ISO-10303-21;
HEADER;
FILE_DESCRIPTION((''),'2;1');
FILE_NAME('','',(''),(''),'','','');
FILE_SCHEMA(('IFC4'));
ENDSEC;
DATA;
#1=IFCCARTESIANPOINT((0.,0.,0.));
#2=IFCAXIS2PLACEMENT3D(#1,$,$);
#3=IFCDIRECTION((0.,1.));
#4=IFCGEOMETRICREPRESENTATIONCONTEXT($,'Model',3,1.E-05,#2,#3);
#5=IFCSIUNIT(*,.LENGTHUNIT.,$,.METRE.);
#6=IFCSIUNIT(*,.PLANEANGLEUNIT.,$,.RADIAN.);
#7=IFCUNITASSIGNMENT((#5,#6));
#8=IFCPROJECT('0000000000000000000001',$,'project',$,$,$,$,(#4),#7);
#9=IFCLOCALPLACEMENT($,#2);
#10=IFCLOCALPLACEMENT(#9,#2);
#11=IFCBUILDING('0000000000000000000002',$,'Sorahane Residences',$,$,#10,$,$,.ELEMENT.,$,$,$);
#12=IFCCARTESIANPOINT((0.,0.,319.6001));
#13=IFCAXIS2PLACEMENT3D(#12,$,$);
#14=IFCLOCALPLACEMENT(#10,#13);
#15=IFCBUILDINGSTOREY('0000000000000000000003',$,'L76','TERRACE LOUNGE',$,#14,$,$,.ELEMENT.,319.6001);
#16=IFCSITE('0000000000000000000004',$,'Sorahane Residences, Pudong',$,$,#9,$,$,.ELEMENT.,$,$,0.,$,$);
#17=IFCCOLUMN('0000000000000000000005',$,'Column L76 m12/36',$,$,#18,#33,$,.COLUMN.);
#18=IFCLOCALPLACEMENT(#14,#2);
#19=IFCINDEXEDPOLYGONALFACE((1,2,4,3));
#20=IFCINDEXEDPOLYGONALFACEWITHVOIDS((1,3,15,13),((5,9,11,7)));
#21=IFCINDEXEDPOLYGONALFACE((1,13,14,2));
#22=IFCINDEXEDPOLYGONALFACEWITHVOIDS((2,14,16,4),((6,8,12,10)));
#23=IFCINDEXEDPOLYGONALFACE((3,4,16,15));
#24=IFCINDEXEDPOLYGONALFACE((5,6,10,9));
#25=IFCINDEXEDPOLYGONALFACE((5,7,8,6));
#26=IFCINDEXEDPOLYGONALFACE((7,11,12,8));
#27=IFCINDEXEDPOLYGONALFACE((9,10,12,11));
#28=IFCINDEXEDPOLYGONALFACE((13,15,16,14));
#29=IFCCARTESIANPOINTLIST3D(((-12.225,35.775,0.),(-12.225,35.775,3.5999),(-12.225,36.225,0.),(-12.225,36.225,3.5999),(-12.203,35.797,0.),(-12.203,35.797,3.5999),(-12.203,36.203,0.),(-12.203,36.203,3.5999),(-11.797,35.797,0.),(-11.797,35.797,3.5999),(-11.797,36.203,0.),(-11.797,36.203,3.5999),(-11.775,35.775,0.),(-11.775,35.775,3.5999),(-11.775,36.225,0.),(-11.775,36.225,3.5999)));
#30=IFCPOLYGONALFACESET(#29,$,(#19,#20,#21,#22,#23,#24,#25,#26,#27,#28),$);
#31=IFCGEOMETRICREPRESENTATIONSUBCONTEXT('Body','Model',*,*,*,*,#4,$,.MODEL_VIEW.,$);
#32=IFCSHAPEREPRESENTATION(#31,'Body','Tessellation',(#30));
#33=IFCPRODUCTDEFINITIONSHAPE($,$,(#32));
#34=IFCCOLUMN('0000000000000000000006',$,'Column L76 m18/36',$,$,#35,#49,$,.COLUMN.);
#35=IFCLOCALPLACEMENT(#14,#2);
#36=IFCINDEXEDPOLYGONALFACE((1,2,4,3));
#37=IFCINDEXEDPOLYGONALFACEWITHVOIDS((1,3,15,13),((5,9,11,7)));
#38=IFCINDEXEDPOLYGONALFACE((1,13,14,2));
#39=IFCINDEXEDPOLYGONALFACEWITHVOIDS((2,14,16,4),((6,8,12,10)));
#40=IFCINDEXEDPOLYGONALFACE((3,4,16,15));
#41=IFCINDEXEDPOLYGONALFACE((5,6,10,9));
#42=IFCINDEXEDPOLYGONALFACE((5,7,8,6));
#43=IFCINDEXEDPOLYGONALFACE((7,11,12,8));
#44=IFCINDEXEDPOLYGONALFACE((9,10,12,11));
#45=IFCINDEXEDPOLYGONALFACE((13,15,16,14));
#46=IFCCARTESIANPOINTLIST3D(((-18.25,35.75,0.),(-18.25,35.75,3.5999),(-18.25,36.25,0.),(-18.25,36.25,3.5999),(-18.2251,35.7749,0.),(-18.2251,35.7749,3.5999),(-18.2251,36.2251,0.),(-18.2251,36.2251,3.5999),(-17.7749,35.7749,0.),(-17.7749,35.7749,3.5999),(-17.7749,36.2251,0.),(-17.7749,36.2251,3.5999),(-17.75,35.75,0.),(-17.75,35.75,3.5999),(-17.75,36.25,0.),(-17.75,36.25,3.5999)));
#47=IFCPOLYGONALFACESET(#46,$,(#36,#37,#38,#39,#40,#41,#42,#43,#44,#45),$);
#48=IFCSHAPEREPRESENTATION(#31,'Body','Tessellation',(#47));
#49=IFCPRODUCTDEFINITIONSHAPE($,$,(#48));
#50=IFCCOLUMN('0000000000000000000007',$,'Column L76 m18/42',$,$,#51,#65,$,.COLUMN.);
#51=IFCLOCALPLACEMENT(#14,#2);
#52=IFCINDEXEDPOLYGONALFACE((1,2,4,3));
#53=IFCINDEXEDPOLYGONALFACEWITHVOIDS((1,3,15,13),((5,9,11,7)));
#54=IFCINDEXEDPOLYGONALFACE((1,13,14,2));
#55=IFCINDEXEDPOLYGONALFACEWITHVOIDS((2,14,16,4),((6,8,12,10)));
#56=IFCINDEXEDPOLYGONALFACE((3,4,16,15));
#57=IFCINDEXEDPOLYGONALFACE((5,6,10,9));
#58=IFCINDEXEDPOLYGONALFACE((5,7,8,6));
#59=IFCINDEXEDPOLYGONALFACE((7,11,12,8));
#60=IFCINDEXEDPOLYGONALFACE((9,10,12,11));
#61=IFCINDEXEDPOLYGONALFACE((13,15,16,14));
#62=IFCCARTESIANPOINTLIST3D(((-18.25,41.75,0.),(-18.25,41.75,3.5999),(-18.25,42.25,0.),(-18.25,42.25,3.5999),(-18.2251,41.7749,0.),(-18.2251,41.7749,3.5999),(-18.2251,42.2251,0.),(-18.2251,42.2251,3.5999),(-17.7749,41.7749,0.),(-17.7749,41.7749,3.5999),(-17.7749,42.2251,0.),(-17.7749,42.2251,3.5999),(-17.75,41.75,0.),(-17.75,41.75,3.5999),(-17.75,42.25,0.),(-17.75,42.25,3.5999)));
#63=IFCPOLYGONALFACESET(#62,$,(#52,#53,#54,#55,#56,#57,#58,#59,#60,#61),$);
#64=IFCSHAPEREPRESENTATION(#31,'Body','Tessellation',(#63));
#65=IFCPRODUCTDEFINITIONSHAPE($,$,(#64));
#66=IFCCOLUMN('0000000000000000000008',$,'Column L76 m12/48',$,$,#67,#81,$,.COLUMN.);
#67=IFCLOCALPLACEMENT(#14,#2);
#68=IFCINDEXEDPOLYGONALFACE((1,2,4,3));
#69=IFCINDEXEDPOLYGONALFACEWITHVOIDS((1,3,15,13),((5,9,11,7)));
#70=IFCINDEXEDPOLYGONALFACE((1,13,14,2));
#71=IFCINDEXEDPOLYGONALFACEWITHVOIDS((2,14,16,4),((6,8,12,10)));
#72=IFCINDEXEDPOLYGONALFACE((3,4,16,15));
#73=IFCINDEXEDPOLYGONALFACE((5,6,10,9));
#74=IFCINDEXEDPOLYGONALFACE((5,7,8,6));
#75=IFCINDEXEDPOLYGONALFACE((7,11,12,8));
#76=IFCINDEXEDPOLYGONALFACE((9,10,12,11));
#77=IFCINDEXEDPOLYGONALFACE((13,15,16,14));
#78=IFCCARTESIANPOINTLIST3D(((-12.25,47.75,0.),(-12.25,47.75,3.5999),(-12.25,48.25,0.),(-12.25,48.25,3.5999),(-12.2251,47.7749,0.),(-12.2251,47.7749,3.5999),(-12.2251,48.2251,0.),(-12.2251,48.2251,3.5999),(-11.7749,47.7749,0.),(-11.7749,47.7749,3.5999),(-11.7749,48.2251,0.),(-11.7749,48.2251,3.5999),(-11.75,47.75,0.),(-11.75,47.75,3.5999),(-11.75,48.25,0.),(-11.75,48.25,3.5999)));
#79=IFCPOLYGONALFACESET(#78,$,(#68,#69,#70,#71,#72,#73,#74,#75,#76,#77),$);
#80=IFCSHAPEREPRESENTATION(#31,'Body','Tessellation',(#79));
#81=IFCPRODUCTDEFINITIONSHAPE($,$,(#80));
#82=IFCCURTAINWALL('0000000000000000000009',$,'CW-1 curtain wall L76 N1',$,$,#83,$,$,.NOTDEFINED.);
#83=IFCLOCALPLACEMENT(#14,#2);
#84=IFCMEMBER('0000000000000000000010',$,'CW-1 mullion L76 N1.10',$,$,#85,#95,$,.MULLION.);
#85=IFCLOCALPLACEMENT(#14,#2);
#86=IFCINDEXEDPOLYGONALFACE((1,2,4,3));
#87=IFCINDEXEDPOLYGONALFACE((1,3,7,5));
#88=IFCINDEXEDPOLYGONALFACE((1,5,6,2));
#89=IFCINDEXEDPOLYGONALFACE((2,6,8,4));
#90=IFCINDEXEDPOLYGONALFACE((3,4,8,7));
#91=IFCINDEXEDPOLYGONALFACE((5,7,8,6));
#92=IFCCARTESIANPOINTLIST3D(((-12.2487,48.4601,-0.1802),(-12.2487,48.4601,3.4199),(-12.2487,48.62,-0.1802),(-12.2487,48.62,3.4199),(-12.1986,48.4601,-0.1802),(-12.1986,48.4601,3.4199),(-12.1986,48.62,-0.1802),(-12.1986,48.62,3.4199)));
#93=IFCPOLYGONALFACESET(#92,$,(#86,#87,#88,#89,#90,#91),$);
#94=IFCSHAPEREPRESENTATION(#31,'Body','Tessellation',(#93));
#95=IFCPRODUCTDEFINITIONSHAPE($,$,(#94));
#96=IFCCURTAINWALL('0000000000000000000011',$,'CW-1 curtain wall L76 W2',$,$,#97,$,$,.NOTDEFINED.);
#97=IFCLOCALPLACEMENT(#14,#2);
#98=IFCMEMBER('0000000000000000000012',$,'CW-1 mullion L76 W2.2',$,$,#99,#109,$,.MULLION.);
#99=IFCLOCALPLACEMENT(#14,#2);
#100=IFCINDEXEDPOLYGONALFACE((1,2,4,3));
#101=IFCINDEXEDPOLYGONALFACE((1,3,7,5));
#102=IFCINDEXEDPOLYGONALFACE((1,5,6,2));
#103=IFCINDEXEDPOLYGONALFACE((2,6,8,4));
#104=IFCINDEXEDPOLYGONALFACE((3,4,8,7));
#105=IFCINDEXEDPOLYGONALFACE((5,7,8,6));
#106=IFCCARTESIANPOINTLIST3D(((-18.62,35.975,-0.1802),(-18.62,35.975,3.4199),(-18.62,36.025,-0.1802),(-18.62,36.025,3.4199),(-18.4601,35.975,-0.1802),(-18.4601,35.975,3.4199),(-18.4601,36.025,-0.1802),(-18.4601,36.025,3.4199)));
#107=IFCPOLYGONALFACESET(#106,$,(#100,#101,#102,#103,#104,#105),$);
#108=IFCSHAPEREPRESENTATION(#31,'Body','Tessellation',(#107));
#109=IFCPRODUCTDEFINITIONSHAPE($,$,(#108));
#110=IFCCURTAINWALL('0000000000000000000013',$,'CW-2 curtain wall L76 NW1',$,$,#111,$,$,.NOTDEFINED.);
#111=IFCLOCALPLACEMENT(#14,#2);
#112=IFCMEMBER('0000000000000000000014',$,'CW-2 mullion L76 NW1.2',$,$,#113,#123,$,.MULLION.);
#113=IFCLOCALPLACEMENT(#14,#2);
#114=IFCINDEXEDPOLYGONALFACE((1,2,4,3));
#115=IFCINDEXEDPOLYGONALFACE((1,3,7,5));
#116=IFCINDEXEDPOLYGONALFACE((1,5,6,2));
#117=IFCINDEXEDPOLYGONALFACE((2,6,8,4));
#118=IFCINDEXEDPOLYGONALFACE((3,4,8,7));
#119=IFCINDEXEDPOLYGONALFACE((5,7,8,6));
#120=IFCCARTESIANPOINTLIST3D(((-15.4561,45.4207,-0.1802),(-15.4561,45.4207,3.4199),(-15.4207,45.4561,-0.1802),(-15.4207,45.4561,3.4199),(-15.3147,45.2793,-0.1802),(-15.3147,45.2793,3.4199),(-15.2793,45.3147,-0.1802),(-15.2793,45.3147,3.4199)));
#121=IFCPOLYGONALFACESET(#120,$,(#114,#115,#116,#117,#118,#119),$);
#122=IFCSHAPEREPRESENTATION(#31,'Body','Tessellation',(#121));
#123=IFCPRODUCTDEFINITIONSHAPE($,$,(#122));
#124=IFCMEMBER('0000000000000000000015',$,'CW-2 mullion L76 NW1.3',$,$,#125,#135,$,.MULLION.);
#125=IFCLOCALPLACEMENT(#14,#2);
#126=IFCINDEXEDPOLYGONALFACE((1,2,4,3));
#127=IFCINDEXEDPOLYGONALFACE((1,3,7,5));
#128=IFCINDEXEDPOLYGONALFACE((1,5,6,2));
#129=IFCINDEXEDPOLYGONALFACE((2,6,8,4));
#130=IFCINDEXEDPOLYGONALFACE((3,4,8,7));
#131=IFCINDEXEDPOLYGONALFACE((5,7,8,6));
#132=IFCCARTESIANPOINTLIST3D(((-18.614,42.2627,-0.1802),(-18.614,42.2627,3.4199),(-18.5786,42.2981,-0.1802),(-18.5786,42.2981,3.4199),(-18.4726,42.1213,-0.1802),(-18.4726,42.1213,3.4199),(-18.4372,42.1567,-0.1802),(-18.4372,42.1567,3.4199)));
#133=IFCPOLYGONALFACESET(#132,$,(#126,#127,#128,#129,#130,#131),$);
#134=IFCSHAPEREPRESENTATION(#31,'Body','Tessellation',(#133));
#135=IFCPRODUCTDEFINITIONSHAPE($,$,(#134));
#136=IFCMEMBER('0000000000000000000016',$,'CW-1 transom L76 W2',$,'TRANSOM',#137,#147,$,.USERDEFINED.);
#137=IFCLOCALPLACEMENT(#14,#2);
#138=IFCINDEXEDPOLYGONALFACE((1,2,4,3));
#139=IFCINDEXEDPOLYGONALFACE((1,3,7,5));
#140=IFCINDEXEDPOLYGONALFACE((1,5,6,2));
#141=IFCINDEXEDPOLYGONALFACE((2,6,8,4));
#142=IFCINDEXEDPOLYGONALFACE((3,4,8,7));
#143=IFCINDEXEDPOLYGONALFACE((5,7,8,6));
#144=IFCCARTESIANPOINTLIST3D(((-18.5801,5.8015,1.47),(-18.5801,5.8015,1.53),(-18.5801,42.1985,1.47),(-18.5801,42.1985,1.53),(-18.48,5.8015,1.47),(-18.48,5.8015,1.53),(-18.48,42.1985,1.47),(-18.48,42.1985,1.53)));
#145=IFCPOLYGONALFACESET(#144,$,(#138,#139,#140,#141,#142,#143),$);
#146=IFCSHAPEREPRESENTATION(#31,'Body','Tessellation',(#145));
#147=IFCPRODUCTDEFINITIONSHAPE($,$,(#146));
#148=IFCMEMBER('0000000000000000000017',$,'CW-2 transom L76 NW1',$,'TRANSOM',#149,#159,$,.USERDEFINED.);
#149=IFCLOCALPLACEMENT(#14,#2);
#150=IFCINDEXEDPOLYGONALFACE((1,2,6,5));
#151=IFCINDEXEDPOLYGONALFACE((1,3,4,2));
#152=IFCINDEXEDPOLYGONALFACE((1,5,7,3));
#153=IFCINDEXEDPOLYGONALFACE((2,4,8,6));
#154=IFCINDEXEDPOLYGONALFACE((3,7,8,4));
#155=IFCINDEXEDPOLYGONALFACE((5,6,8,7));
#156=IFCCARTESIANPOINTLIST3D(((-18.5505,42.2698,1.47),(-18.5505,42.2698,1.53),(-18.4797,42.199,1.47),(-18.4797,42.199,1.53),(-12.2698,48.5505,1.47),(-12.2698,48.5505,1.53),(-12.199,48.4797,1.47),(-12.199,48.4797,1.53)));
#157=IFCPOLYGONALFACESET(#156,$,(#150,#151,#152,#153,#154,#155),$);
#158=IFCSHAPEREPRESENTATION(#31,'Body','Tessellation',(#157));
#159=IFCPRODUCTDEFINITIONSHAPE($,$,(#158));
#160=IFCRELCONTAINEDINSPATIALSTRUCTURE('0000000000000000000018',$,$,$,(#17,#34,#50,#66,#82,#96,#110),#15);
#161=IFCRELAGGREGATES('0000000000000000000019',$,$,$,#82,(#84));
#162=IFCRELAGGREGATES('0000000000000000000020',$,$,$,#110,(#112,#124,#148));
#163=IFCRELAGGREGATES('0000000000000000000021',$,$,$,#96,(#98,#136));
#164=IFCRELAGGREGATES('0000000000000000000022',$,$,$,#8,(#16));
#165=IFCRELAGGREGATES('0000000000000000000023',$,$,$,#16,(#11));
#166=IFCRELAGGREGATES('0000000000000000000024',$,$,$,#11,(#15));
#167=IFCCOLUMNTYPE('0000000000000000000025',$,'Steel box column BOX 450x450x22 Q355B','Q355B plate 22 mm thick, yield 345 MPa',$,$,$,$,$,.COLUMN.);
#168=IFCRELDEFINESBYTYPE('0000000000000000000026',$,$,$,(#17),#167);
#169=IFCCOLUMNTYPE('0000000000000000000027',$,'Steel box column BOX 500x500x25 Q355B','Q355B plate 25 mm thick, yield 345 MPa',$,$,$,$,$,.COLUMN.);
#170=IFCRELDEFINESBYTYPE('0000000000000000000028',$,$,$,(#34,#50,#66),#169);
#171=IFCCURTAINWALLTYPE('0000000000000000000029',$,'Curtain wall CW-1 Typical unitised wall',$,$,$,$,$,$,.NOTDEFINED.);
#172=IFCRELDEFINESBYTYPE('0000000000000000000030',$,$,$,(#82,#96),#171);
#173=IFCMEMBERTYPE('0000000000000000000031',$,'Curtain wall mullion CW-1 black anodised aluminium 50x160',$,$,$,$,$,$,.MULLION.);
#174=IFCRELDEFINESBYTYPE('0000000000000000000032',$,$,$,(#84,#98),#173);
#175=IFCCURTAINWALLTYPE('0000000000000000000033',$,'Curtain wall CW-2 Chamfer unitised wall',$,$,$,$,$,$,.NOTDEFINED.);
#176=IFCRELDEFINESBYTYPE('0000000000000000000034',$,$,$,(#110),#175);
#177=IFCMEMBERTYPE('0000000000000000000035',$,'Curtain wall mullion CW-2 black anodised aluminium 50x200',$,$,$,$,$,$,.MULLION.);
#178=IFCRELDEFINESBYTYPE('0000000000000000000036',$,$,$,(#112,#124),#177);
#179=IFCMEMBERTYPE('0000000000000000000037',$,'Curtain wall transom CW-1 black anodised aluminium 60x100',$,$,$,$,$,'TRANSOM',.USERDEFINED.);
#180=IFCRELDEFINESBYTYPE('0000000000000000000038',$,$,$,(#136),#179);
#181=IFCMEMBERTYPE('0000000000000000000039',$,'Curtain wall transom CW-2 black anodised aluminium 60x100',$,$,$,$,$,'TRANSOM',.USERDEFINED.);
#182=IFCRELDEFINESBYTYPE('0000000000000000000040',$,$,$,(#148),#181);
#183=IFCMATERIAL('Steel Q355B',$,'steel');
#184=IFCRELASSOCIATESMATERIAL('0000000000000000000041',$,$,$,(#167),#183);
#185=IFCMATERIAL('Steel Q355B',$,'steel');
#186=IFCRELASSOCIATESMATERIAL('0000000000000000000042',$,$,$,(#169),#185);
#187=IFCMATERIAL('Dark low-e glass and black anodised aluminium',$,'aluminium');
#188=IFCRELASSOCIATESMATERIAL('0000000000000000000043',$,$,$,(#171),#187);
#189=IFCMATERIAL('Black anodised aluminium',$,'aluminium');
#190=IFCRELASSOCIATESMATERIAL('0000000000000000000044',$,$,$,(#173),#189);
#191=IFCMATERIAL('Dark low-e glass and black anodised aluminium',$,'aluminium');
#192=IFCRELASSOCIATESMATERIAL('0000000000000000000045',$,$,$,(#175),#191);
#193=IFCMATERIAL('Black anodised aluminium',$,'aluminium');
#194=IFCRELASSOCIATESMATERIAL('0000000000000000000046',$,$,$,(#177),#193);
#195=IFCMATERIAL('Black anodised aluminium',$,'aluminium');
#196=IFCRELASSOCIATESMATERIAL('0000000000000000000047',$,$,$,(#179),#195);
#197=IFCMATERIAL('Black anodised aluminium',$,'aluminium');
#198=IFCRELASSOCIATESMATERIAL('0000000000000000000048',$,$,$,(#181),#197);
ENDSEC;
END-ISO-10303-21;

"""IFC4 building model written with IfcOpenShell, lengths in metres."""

from ifc_helpers import new_model, si_unit, direction, frame, origin, origin_2d, place, context, subcontext, project, spatial, rectangle, hollow_rectangle, extrude, material, material_profile, profile_set, type_object, element, aggregate, save


model = new_model("IFC4")

# Units and contexts
model_context = context("Model", 3, precision=1e-05, world=origin(), true_north=direction((0.0, 1.0)))
body_context = subcontext(model_context, "Body", "Model", "MODEL_VIEW")
ifc_project = project(units=[si_unit("LENGTHUNIT", "METRE"), si_unit("PLANEANGLEUNIT", "RADIAN")], contexts=[model_context])

# Site, building, storey
site_placement = place(None, origin())
site = spatial("IfcSite", under=ifc_project, at=site_placement, Name="Sorahane Residences, Pudong", CompositionType="ELEMENT", RefElevation=0.0)
building_placement = place(site_placement, origin())
building = spatial("IfcBuilding", under=site, at=building_placement, Name="Sorahane Residences", CompositionType="ELEMENT")
storey_placement = place(building_placement, frame((0.0, 0.0, 319.6001)))
storey = spatial("IfcBuildingStorey", under=building, at=storey_placement, Name="L76", Description="TERRACE LOUNGE", CompositionType="ELEMENT", Elevation=319.6001)

# Columns
ifc_material_1 = material(Name="Steel Q355B", Category="steel")
ifc_material_profile_1 = material_profile(ifc_material_1, hollow_rectangle(XDim=0.45, YDim=0.45, WallThickness=0.022, at=origin_2d()), Name="BOX 450x450x22")
ifc_profile_set_1 = profile_set([ifc_material_profile_1], Name="Steel Q355B")
column_type_1 = type_object("IfcColumnType", Name="Steel box column BOX 450x450x22 Q355B", Description="Q355B plate 22 mm thick, yield 345 MPa", PredefinedType="COLUMN", material=ifc_profile_set_1)
column_placement = place(storey_placement, frame((-12.0, 36.0, 0.0), z_axis=(0.0, 0.0, 1.0), x_axis=(1.0, 0.0, 0.0)))
element("IfcColumn", 1, at=column_placement, inside=storey, type_object=column_type_1, Name="Column L76 m12/36", PredefinedType="COLUMN", context=body_context, shape_type="SweptSolid", body=[
    extrude(hollow_rectangle(XDim=0.45, YDim=0.45, WallThickness=0.022, at=origin_2d()), origin(), (0.0, 0.0, 1.0), 3.5999),
])
ifc_material_2 = material(Name="Steel Q355B", Category="steel")
ifc_material_profile_2 = material_profile(ifc_material_2, hollow_rectangle(XDim=0.5, YDim=0.5, WallThickness=0.0249, at=origin_2d()), Name="BOX 500x500x25")
ifc_profile_set_2 = profile_set([ifc_material_profile_2], Name="Steel Q355B")
column_type_2 = type_object("IfcColumnType", Name="Steel box column BOX 500x500x25 Q355B", Description="Q355B plate 25 mm thick, yield 345 MPa", PredefinedType="COLUMN", material=ifc_profile_set_2)
for number, where, z_axis, x_axis, name in (
    (2, (-18.0, 36.0, 0.0), (0.0, 0.0, 1.0), (1.0, 0.0, 0.0), "Column L76 m18/36"),
    (3, (-18.0, 42.0, 0.0), (0.0, 0.0, 1.0), (1.0, 0.0, 0.0), "Column L76 m18/42"),
    (4, (-12.0, 48.0, 0.0), (0.0, 0.0, 1.0), (1.0, 0.0, 0.0), "Column L76 m12/48"),
):
    element("IfcColumn", number, at=place(storey_placement, frame(where, z_axis=z_axis, x_axis=x_axis)), inside=storey, type_object=column_type_2, Name=name, PredefinedType="COLUMN", context=body_context, shape_type="SweptSolid", body=[
        extrude(hollow_rectangle(XDim=0.5, YDim=0.5, WallThickness=0.0249, at=origin_2d()), origin(), (0.0, 0.0, 1.0), 3.5999),
    ])

# Curtain walls, members
ifc_material_3 = material(Name="Dark low-e glass and black anodised aluminium", Category="aluminium")
curtain_wall_type_1 = type_object("IfcCurtainWallType", Name="Curtain wall CW-1 Typical unitised wall", PredefinedType="NOTDEFINED", material=ifc_material_3)
curtain_wall_1_placement = place(storey_placement, origin())
curtain_wall_1 = element("IfcCurtainWall", 5, at=curtain_wall_1_placement, inside=storey, type_object=curtain_wall_type_1, Name="CW-1 curtain wall L76 N1", PredefinedType="NOTDEFINED")
ifc_material_4 = material(Name="Black anodised aluminium", Category="aluminium")
ifc_material_profile_3 = material_profile(ifc_material_4, rectangle(XDim=0.1599, YDim=0.05, at=origin_2d()), Name="Curtain wall mullion CW-1 black anodised aluminium 50x160")
ifc_profile_set_3 = profile_set([ifc_material_profile_3], Name="Black anodised aluminium")
member_type_1 = type_object("IfcMemberType", Name="Curtain wall mullion CW-1 black anodised aluminium 50x160", PredefinedType="MULLION", material=ifc_profile_set_3)
member_1_placement = place(storey_placement, frame((-12.2236, 48.54, -0.1802), z_axis=(0.0, 0.0, 1.0), x_axis=(0.0, 1.0, 0.0)))
member_1 = element("IfcMember", 6, at=member_1_placement, type_object=member_type_1, Name="CW-1 mullion L76 N1.10", PredefinedType="MULLION", context=body_context, shape_type="SweptSolid", body=[
    extrude(rectangle(XDim=0.1599, YDim=0.05, at=origin_2d()), origin(), (0.0, 0.0, 1.0), 3.6001),
])
curtain_wall_2_placement = place(storey_placement, origin())
curtain_wall_2 = element("IfcCurtainWall", 7, at=curtain_wall_2_placement, inside=storey, type_object=curtain_wall_type_1, Name="CW-1 curtain wall L76 W2", PredefinedType="NOTDEFINED")
member_2_placement = place(storey_placement, frame((-18.54, 36.0, -0.1802), z_axis=(0.0, 0.0, 1.0), x_axis=(-1.0, 0.0, 0.0)))
member_2 = element("IfcMember", 8, at=member_2_placement, type_object=member_type_1, Name="CW-1 mullion L76 W2.2", PredefinedType="MULLION", context=body_context, shape_type="SweptSolid", body=[
    extrude(rectangle(XDim=0.1599, YDim=0.05, at=origin_2d()), origin(), (0.0, 0.0, 1.0), 3.6001),
])

# Curtain wall, members
ifc_material_5 = material(Name="Dark low-e glass and black anodised aluminium", Category="aluminium")
curtain_wall_type_2 = type_object("IfcCurtainWallType", Name="Curtain wall CW-2 Chamfer unitised wall", PredefinedType="NOTDEFINED", material=ifc_material_5)
curtain_wall_3_placement = place(storey_placement, origin())
curtain_wall_3 = element("IfcCurtainWall", 9, at=curtain_wall_3_placement, inside=storey, type_object=curtain_wall_type_2, Name="CW-2 curtain wall L76 NW1", PredefinedType="NOTDEFINED")
ifc_material_6 = material(Name="Black anodised aluminium", Category="aluminium")
ifc_material_profile_4 = material_profile(ifc_material_6, rectangle(XDim=0.2, YDim=0.05, at=origin_2d()), Name="Curtain wall mullion CW-2 black anodised aluminium 50x200")
ifc_profile_set_4 = profile_set([ifc_material_profile_4], Name="Black anodised aluminium")
member_type_2 = type_object("IfcMemberType", Name="Curtain wall mullion CW-2 black anodised aluminium 50x200", PredefinedType="MULLION", material=ifc_profile_set_4)
member_3_placement = place(storey_placement, frame((-15.3677, 45.3677, -0.1802), z_axis=(0.0, 0.0, 1.0), x_axis=(-0.707107, 0.707107, 0.0)))
member_3 = element("IfcMember", 10, at=member_3_placement, type_object=member_type_2, Name="CW-2 mullion L76 NW1.2", PredefinedType="MULLION", context=body_context, shape_type="SweptSolid", body=[
    extrude(rectangle(XDim=0.2, YDim=0.05, at=origin_2d()), origin(), (0.0, 0.0, 1.0), 3.6001),
])
member_4_placement = place(storey_placement, frame((-18.5256, 42.2097, -0.1802), z_axis=(0.0, 0.0, 1.0), x_axis=(-0.707107, 0.707107, 0.0)))
member_4 = element("IfcMember", 11, at=member_4_placement, type_object=member_type_2, Name="CW-2 mullion L76 NW1.3", PredefinedType="MULLION", context=body_context, shape_type="SweptSolid", body=[
    extrude(rectangle(XDim=0.2, YDim=0.05, at=origin_2d()), origin(), (0.0, 0.0, 1.0), 3.6001),
])

# Members
ifc_material_7 = material(Name="Black anodised aluminium", Category="aluminium")
ifc_material_profile_5 = material_profile(ifc_material_7, rectangle(XDim=0.1001, YDim=0.0601, at=origin_2d()), Name="Curtain wall transom CW-1 black anodised aluminium 60x100")
ifc_profile_set_5 = profile_set([ifc_material_profile_5], Name="Black anodised aluminium")
member_type_3 = type_object("IfcMemberType", Name="Curtain wall transom CW-1 black anodised aluminium 60x100", ElementType="TRANSOM", PredefinedType="USERDEFINED", material=ifc_profile_set_5)
member_5_placement = place(storey_placement, frame((-18.53, 42.1985, 1.5), z_axis=(0.0, -1.0, 0.0), x_axis=(1.0, 0.0, 0.0)))
member_5 = element("IfcMember", 12, at=member_5_placement, type_object=member_type_3, Name="CW-1 transom L76 W2", ObjectType="TRANSOM", PredefinedType="USERDEFINED", context=body_context, shape_type="SweptSolid", body=[
    extrude(rectangle(XDim=0.1001, YDim=0.0601, at=origin_2d()), origin(), (0.0, 0.0, 1.0), 36.397),
])
ifc_material_8 = material(Name="Black anodised aluminium", Category="aluminium")
ifc_material_profile_6 = material_profile(ifc_material_8, rectangle(XDim=0.1001, YDim=0.0601, at=origin_2d()), Name="Curtain wall transom CW-2 black anodised aluminium 60x100")
ifc_profile_set_6 = profile_set([ifc_material_profile_6], Name="Black anodised aluminium")
member_type_4 = type_object("IfcMemberType", Name="Curtain wall transom CW-2 black anodised aluminium 60x100", ElementType="TRANSOM", PredefinedType="USERDEFINED", material=ifc_profile_set_6)
member_6_placement = place(storey_placement, frame((-12.2344, 48.5151, 1.5), z_axis=(-0.707107, -0.707107, 0.0), x_axis=(0.707107, -0.707107, 0.0)))
member_6 = element("IfcMember", 13, at=member_6_placement, type_object=member_type_4, Name="CW-2 transom L76 NW1", ObjectType="TRANSOM", PredefinedType="USERDEFINED", context=body_context, shape_type="SweptSolid", body=[
    extrude(rectangle(XDim=0.1001, YDim=0.0601, at=origin_2d()), origin(), (0.0, 0.0, 1.0), 8.8823),
])

aggregate(curtain_wall_1, [member_1])
aggregate(curtain_wall_3, [member_3, member_4, member_6])
aggregate(curtain_wall_2, [member_2, member_5])

save(model, "model.ifc")
